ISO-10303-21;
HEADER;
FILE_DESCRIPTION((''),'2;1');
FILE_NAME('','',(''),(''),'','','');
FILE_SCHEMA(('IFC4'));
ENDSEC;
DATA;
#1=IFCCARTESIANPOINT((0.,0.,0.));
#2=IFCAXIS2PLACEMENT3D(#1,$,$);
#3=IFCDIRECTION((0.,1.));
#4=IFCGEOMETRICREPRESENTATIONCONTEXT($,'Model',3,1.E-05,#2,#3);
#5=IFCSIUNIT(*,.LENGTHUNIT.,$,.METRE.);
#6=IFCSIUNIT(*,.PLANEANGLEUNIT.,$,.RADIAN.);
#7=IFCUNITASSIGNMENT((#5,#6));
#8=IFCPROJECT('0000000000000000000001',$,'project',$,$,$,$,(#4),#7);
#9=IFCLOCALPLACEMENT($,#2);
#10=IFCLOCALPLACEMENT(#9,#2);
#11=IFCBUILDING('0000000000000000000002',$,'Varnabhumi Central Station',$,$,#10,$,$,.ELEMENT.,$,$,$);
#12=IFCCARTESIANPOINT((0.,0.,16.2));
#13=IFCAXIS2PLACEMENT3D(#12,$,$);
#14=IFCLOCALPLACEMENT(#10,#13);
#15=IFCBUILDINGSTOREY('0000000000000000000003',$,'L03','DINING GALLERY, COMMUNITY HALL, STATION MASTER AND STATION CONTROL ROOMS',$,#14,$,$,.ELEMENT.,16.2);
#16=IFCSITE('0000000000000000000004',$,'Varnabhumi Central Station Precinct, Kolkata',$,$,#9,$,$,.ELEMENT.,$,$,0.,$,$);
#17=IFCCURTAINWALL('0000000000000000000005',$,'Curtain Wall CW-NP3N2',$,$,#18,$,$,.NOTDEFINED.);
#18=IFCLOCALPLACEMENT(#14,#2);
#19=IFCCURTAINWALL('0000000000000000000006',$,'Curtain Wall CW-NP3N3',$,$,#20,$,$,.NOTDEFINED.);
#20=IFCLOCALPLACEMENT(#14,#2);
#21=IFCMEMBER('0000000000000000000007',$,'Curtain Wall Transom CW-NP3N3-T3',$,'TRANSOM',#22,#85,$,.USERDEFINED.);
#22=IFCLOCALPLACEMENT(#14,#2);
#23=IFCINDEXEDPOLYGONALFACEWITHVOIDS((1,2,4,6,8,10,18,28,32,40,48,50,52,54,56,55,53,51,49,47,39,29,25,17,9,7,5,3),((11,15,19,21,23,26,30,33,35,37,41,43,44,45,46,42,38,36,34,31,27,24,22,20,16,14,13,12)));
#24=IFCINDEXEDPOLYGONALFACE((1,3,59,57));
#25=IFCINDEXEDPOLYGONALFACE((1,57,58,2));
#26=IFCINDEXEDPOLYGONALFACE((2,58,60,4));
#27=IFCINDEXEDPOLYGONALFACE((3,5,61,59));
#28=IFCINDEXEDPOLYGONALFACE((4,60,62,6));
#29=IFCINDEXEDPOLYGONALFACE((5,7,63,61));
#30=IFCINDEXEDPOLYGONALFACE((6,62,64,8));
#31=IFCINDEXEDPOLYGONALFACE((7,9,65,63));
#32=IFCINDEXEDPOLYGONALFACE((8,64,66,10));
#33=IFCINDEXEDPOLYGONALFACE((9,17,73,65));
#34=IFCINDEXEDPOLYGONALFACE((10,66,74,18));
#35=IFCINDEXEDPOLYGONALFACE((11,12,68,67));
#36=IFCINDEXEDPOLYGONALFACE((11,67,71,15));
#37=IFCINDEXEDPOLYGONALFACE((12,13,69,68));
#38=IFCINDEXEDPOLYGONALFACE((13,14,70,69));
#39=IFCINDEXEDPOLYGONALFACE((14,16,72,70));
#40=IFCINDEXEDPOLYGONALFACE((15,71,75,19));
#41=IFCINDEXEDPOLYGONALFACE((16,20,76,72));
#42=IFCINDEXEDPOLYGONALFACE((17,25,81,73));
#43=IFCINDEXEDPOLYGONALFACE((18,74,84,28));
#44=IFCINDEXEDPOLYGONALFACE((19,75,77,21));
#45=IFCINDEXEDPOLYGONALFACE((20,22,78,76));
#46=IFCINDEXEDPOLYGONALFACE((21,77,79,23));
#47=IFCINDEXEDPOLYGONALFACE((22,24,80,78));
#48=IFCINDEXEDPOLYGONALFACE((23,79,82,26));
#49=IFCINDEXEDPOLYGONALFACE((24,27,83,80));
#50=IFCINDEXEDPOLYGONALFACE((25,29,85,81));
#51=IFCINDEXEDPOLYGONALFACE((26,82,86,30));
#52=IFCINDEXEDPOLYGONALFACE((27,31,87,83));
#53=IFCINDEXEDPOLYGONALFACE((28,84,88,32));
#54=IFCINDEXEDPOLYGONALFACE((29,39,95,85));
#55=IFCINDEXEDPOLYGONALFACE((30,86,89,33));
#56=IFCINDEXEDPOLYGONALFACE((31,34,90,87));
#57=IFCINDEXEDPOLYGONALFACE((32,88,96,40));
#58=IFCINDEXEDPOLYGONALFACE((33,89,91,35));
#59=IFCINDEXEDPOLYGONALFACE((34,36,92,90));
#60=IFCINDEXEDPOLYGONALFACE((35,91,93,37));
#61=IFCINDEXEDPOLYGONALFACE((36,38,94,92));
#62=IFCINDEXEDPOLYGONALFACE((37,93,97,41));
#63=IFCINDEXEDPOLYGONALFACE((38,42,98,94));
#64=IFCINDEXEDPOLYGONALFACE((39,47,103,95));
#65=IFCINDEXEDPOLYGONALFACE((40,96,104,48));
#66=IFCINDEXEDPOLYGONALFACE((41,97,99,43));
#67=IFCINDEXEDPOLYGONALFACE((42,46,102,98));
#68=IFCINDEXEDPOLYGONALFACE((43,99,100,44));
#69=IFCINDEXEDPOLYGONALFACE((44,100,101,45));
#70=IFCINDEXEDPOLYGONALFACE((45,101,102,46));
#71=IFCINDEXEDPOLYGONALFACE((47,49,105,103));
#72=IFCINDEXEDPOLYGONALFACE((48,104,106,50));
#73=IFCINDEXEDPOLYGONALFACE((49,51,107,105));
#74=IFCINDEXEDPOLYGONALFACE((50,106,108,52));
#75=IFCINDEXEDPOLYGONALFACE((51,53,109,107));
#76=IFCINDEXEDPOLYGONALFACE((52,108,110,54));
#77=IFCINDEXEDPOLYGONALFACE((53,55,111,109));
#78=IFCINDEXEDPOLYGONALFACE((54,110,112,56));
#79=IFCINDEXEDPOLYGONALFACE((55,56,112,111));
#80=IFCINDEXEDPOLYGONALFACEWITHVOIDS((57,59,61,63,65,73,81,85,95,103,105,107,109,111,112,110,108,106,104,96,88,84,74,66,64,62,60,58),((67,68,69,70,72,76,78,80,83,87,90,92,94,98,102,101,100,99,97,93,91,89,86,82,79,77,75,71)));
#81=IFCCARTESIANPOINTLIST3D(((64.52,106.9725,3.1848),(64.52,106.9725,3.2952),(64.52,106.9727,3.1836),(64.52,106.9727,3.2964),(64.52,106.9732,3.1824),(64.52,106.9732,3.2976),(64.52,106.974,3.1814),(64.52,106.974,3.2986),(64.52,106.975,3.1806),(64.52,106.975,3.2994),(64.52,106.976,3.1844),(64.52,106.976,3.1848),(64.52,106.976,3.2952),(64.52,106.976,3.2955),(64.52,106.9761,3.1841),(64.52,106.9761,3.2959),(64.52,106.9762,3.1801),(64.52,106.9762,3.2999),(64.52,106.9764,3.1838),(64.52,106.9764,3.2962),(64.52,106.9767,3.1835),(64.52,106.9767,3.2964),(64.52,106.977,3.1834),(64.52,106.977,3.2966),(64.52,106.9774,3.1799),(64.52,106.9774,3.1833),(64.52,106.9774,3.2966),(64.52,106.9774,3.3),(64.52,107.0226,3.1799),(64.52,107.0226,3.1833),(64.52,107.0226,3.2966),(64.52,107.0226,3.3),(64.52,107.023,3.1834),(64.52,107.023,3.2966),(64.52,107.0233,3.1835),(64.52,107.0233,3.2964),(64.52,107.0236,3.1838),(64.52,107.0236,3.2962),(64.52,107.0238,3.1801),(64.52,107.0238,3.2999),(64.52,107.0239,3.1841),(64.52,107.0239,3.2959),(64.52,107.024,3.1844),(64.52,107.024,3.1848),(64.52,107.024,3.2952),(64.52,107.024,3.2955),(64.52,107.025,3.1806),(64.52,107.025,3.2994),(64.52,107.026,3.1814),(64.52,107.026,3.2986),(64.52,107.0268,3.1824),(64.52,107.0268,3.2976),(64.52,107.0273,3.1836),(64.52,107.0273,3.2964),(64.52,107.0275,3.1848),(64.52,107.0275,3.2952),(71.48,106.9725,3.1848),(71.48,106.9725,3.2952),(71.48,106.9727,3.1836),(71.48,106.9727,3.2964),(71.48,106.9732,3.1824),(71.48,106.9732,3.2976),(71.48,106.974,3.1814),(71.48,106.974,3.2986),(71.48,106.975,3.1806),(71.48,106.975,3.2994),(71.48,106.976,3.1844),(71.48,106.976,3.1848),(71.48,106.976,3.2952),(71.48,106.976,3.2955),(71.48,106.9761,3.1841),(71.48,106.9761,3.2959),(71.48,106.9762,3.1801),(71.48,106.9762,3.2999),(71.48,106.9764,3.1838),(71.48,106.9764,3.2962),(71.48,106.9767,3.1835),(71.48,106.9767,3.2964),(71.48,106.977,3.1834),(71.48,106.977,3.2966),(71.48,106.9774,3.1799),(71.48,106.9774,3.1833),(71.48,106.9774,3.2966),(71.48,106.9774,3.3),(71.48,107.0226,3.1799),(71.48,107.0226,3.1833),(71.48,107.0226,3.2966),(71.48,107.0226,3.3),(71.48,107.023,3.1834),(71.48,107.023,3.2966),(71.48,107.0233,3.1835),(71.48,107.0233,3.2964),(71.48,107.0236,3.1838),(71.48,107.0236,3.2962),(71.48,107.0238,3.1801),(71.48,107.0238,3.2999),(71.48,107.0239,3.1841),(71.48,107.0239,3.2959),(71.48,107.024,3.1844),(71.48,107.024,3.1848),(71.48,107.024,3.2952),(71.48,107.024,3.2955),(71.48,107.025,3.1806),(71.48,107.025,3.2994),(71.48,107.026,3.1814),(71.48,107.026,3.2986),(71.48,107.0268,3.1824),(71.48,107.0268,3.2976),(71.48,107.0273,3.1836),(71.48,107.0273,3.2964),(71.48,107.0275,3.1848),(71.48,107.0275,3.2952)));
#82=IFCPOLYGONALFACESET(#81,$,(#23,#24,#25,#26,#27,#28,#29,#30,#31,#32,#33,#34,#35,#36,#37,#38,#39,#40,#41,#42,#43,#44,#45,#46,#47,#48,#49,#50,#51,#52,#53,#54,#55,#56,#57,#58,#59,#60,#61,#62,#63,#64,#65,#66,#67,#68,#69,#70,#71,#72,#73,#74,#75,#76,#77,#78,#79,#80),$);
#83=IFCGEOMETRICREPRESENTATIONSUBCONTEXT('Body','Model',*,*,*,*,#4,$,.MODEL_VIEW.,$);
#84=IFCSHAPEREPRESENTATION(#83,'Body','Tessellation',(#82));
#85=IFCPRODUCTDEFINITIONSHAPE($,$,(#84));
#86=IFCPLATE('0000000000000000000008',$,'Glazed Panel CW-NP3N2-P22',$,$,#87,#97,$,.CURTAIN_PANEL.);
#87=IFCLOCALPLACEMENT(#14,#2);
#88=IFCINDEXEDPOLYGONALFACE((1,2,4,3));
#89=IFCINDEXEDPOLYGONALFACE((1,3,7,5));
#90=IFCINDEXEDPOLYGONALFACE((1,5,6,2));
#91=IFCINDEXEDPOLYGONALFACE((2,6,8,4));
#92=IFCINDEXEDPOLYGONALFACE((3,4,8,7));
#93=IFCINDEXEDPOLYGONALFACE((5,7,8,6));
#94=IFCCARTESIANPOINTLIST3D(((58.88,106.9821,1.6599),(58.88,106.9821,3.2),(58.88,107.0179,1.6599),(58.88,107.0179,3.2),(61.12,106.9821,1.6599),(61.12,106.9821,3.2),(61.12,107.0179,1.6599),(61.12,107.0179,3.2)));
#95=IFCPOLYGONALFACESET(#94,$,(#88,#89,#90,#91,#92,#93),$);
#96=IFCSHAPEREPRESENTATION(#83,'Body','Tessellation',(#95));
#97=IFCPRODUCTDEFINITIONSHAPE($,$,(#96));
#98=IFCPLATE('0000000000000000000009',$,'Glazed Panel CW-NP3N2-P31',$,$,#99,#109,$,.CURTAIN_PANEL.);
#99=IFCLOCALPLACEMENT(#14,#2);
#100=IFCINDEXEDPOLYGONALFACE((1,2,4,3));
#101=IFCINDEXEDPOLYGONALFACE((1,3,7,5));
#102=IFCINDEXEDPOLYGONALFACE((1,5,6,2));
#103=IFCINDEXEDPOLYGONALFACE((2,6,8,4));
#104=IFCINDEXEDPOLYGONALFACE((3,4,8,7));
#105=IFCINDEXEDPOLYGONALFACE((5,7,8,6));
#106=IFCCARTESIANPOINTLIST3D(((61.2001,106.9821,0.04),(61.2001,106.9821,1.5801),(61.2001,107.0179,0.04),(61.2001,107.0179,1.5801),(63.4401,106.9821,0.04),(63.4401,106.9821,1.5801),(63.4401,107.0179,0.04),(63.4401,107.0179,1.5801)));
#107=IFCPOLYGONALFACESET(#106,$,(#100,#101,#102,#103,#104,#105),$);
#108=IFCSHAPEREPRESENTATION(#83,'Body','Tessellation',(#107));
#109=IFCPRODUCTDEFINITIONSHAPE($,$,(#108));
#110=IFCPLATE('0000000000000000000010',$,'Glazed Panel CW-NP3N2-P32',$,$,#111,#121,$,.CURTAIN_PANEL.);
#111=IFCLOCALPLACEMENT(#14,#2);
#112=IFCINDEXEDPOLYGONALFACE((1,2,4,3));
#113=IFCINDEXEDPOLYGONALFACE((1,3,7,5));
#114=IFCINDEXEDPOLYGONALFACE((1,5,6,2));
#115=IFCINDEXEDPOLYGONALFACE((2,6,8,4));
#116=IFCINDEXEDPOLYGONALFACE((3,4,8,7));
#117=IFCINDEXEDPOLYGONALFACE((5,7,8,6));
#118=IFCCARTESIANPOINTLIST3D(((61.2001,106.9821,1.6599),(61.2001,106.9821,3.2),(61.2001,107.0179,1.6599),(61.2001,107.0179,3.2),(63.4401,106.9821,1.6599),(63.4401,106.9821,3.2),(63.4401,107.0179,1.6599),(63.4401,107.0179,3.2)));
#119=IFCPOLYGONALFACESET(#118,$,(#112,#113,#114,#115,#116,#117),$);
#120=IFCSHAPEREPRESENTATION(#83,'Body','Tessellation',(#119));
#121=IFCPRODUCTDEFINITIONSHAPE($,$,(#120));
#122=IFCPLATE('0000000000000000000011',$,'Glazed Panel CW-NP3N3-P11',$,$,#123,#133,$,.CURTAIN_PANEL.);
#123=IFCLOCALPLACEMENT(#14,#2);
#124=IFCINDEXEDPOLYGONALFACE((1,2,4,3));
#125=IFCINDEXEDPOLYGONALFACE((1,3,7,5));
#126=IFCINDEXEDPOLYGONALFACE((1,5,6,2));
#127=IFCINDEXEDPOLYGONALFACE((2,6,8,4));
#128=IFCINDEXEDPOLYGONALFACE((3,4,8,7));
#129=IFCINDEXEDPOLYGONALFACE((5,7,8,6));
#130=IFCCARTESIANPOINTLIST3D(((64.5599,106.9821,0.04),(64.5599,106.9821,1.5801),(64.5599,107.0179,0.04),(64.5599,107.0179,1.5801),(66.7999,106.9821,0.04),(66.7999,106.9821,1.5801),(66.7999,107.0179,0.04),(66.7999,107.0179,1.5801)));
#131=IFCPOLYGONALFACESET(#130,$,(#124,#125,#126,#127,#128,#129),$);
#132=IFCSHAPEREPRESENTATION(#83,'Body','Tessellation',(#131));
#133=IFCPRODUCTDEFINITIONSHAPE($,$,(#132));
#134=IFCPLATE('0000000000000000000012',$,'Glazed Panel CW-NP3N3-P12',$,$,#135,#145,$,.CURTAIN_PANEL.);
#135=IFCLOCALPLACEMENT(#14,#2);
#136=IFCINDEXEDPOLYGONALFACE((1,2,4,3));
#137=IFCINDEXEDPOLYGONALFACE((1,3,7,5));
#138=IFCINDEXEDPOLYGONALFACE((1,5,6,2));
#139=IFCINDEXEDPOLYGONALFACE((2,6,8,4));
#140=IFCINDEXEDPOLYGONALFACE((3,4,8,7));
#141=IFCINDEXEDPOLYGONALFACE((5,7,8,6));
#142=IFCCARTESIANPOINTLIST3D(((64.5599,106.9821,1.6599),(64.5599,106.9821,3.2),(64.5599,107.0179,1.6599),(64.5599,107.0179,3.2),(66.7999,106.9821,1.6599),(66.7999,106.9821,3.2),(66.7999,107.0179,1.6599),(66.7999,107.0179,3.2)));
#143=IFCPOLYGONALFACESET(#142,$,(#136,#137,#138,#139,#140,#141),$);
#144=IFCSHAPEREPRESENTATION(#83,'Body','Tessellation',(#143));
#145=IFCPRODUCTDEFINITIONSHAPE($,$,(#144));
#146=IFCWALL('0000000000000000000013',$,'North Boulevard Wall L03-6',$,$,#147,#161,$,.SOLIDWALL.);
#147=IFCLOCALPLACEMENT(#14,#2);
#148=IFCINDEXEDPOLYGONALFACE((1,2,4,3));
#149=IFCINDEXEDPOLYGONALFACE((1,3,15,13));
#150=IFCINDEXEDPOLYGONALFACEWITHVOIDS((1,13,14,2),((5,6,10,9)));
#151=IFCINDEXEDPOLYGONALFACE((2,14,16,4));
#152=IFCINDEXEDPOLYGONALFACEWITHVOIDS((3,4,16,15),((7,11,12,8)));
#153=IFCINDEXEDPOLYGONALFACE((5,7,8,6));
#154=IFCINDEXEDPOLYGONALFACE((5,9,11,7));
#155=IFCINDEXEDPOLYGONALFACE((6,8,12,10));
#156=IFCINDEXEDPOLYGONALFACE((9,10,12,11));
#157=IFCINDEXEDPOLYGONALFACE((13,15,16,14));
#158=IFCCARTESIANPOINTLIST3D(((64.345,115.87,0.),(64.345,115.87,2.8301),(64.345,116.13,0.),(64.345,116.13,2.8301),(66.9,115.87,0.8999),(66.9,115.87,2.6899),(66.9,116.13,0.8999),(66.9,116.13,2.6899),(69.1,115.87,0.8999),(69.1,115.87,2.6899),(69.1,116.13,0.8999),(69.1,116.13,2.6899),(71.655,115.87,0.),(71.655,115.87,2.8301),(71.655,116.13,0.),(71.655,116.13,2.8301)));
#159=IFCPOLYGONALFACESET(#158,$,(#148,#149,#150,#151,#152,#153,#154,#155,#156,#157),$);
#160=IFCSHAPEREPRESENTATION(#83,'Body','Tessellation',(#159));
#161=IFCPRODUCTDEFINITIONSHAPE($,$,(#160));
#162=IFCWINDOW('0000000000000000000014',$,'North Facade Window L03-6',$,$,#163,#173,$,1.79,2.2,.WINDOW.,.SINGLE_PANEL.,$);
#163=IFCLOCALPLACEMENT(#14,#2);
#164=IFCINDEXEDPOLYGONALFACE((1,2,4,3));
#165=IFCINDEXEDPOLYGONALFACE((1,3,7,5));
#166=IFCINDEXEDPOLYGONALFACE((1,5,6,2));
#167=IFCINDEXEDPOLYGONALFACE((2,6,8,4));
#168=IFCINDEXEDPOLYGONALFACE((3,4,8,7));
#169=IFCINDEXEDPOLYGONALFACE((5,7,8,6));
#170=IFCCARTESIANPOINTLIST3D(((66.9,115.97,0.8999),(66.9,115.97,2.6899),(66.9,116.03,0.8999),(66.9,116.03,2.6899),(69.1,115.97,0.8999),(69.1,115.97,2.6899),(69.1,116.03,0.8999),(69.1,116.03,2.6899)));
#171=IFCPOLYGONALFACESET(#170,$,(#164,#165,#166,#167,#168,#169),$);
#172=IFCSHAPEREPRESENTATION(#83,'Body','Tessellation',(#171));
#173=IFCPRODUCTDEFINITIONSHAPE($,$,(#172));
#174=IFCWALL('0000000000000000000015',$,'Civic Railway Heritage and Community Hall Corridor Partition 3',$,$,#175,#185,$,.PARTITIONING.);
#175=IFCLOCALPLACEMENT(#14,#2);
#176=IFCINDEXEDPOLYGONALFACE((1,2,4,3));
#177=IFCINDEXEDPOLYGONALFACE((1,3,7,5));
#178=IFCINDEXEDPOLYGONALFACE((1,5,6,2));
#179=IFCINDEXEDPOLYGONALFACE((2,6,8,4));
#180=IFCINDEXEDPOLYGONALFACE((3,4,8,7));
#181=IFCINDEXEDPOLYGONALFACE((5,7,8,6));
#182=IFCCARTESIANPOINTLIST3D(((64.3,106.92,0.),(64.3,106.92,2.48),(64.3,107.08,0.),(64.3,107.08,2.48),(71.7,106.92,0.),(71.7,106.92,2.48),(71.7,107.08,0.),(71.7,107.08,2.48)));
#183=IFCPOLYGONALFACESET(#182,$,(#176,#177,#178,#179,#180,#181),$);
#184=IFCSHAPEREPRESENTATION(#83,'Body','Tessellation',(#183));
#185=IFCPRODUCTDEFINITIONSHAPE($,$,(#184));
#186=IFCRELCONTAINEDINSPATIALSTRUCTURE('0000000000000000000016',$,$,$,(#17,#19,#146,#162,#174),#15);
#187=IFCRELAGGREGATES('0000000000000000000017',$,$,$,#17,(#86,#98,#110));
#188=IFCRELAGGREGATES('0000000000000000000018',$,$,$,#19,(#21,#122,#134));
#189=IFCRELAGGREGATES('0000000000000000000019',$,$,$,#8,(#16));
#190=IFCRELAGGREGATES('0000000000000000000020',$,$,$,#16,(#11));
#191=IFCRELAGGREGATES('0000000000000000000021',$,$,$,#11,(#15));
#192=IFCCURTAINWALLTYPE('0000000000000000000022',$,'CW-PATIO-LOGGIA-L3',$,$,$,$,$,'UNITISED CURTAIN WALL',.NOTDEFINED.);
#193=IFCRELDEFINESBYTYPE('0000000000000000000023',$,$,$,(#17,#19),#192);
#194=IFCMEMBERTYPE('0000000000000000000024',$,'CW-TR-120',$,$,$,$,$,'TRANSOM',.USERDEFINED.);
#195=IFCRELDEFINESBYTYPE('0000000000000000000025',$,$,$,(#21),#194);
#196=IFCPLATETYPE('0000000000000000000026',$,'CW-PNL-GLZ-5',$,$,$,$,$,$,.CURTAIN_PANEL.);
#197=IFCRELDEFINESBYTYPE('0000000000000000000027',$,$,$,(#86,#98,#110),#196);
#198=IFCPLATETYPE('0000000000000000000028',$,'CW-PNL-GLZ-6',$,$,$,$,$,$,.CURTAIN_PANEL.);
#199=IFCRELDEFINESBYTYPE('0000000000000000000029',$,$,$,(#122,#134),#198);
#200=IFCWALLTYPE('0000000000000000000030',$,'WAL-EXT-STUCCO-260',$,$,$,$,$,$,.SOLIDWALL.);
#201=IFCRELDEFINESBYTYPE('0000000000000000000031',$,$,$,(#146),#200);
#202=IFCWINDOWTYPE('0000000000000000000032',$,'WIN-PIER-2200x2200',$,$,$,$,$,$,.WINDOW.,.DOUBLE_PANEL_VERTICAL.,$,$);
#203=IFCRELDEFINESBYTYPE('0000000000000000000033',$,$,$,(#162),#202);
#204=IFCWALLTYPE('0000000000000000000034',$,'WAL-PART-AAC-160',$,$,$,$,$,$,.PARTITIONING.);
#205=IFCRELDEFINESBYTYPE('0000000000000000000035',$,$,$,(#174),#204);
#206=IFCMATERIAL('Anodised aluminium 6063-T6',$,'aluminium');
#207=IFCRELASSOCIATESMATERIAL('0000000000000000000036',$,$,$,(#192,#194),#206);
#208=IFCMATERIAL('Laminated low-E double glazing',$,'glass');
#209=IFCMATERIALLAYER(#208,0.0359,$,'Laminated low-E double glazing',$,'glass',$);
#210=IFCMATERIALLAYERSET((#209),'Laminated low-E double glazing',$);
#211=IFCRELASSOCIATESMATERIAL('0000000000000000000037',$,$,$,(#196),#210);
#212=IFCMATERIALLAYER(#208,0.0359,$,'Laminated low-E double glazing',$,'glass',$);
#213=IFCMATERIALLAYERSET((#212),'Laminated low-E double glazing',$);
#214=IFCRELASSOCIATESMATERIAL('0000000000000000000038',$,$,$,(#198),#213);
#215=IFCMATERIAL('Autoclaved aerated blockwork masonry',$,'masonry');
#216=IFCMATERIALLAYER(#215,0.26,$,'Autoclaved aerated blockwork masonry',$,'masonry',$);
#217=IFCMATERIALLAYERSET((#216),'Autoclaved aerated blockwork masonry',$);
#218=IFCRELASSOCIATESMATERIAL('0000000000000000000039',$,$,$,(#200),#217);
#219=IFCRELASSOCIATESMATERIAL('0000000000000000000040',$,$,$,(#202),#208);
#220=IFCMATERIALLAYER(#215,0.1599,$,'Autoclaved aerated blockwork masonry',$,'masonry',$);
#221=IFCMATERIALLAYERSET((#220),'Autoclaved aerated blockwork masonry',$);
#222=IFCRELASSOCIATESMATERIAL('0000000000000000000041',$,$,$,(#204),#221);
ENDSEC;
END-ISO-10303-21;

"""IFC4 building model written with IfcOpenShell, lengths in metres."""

from ifc_helpers import new_model, si_unit, direction, frame, frame_2d, origin, origin_2d, place, context, subcontext, project, spatial, rectangle, hollow_rectangle, extrude, material, layer, layer_set, material_profile, profile_set, type_object, element, fill, aggregate, save


model = new_model("IFC4")

# Units and contexts
model_context = context("Model", 3, precision=1e-05, world=origin(), true_north=direction((0.0, 1.0)))
body_context = subcontext(model_context, "Body", "Model", "MODEL_VIEW")
ifc_project = project(units=[si_unit("LENGTHUNIT", "METRE"), si_unit("PLANEANGLEUNIT", "RADIAN")], contexts=[model_context])

# Site, building, storey
site_placement = place(None, origin())
site = spatial("IfcSite", under=ifc_project, at=site_placement, Name="Varnabhumi Central Station Precinct, Kolkata", CompositionType="ELEMENT", RefElevation=0.0)
building_placement = place(site_placement, origin())
building = spatial("IfcBuilding", under=site, at=building_placement, Name="Varnabhumi Central Station", CompositionType="ELEMENT")
storey_placement = place(building_placement, frame((0.0, 0.0, 16.2)))
storey = spatial("IfcBuildingStorey", under=building, at=storey_placement, Name="L03", Description="DINING GALLERY, COMMUNITY HALL, STATION MASTER AND STATION CONTROL ROOMS", CompositionType="ELEMENT", Elevation=16.2)

# Curtain walls, member
ifc_material_1 = material(Name="Anodised aluminium 6063-T6", Category="aluminium")
curtain_wall_type = type_object("IfcCurtainWallType", Name="CW-PATIO-LOGGIA-L3", ElementType="UNITISED CURTAIN WALL", PredefinedType="NOTDEFINED", material=ifc_material_1)
curtain_wall_1_placement = place(storey_placement, origin())
curtain_wall_1 = element("IfcCurtainWall", 1, at=curtain_wall_1_placement, inside=storey, type_object=curtain_wall_type, Name="Curtain Wall CW-NP3N2", PredefinedType="NOTDEFINED")
curtain_wall_2_placement = place(storey_placement, origin())
curtain_wall_2 = element("IfcCurtainWall", 2, at=curtain_wall_2_placement, inside=storey, type_object=curtain_wall_type, Name="Curtain Wall CW-NP3N3", PredefinedType="NOTDEFINED")
ifc_material_profile_1 = material_profile(ifc_material_1, hollow_rectangle(XDim=0.0549, YDim=0.1201, WallThickness=0.0034, InnerFilletRadius=0.0015, OuterFilletRadius=0.0049, at=origin_2d()), Name="Anodised aluminium 6063-T6", Category="aluminium")
ifc_profile_set_1 = profile_set([ifc_material_profile_1], Name="Anodised aluminium 6063-T6")
member_type_1 = type_object("IfcMemberType", Name="CW-TR-120", ElementType="TRANSOM", PredefinedType="USERDEFINED", material=ifc_profile_set_1)
member_1_placement = place(storey_placement, frame((64.52, 107.0, 3.24), z_axis=(1.0, 0.0, 0.0), x_axis=(0.0, 1.0, 0.0)))
member_1 = element("IfcMember", 3, at=member_1_placement, type_object=member_type_1, Name="Curtain Wall Transom CW-NP3N3-T3", ObjectType="TRANSOM", PredefinedType="USERDEFINED", context=body_context, shape_type="SweptSolid", body=[
    extrude(hollow_rectangle(XDim=0.0549, YDim=0.1201, WallThickness=0.0034, InnerFilletRadius=0.0015, OuterFilletRadius=0.0049, at=origin_2d()), origin(), (0.0, 0.0, 1.0), 6.96),
])

# Plates
ifc_material_2 = material(Name="Laminated low-E double glazing", Category="glass")
ifc_layer_1 = layer(ifc_material_2, 0.0359, Name="Laminated low-E double glazing", Category="glass")
ifc_layer_set_1 = layer_set([ifc_layer_1], Name="Laminated low-E double glazing")
plate_type_1 = type_object("IfcPlateType", Name="CW-PNL-GLZ-5", PredefinedType="CURTAIN_PANEL", material=ifc_layer_set_1)
plate_1_placement = place(storey_placement, frame((60.0, 107.0, 1.6599), z_axis=(0.0, 0.0, 1.0), x_axis=(1.0, 0.0, 0.0)))
plate_1 = element("IfcPlate", 4, at=plate_1_placement, type_object=plate_type_1, Name="Glazed Panel CW-NP3N2-P22", PredefinedType="CURTAIN_PANEL", context=body_context, shape_type="SweptSolid", body=[
    extrude(rectangle(XDim=2.24, YDim=0.0359, at=origin_2d()), origin(), (0.0, 0.0, 1.0), 1.54),
])
plate_2_placement = place(storey_placement, frame((62.3201, 107.0, 0.04), z_axis=(0.0, 0.0, 1.0), x_axis=(1.0, 0.0, 0.0)))
plate_2 = element("IfcPlate", 5, at=plate_2_placement, type_object=plate_type_1, Name="Glazed Panel CW-NP3N2-P31", PredefinedType="CURTAIN_PANEL", context=body_context, shape_type="SweptSolid", body=[
    extrude(rectangle(XDim=2.24, YDim=0.0359, at=origin_2d()), origin(), (0.0, 0.0, 1.0), 1.54),
])
plate_3_placement = place(storey_placement, frame((62.3201, 107.0, 1.6599), z_axis=(0.0, 0.0, 1.0), x_axis=(1.0, 0.0, 0.0)))
plate_3 = element("IfcPlate", 6, at=plate_3_placement, type_object=plate_type_1, Name="Glazed Panel CW-NP3N2-P32", PredefinedType="CURTAIN_PANEL", context=body_context, shape_type="SweptSolid", body=[
    extrude(rectangle(XDim=2.24, YDim=0.0359, at=origin_2d()), origin(), (0.0, 0.0, 1.0), 1.54),
])
aggregate(curtain_wall_1, [plate_1, plate_2, plate_3])
ifc_layer_2 = layer(ifc_material_2, 0.0359, Name="Laminated low-E double glazing", Category="glass")
ifc_layer_set_2 = layer_set([ifc_layer_2], Name="Laminated low-E double glazing")
plate_type_2 = type_object("IfcPlateType", Name="CW-PNL-GLZ-6", PredefinedType="CURTAIN_PANEL", material=ifc_layer_set_2)
plate_4_placement = place(storey_placement, frame((65.6799, 107.0, 0.04), z_axis=(0.0, 0.0, 1.0), x_axis=(1.0, 0.0, 0.0)))
plate_4 = element("IfcPlate", 7, at=plate_4_placement, type_object=plate_type_2, Name="Glazed Panel CW-NP3N3-P11", PredefinedType="CURTAIN_PANEL", context=body_context, shape_type="SweptSolid", body=[
    extrude(rectangle(XDim=2.24, YDim=0.0359, at=origin_2d()), origin(), (0.0, 0.0, 1.0), 1.54),
])
plate_5_placement = place(storey_placement, frame((65.6799, 107.0, 1.6599), z_axis=(0.0, 0.0, 1.0), x_axis=(1.0, 0.0, 0.0)))
plate_5 = element("IfcPlate", 8, at=plate_5_placement, type_object=plate_type_2, Name="Glazed Panel CW-NP3N3-P12", PredefinedType="CURTAIN_PANEL", context=body_context, shape_type="SweptSolid", body=[
    extrude(rectangle(XDim=2.24, YDim=0.0359, at=origin_2d()), origin(), (0.0, 0.0, 1.0), 1.54),
])
aggregate(curtain_wall_2, [member_1, plate_4, plate_5])

# Wall, opening, window
ifc_material_3 = material(Name="Autoclaved aerated blockwork masonry", Category="masonry")
ifc_layer_3 = layer(ifc_material_3, 0.26, Name="Autoclaved aerated blockwork masonry", Category="masonry")
ifc_layer_set_3 = layer_set([ifc_layer_3], Name="Autoclaved aerated blockwork masonry")
wall_type_1 = type_object("IfcWallType", Name="WAL-EXT-STUCCO-260", PredefinedType="SOLIDWALL", material=ifc_layer_set_3)
wall_1_placement = place(storey_placement, frame((64.345, 116.0, 0.0), z_axis=(0.0, 0.0, 1.0), x_axis=(1.0, 0.0, 0.0)))
wall_1 = element("IfcWall", 9, at=wall_1_placement, inside=storey, type_object=wall_type_1, Name="North Boulevard Wall L03-6", PredefinedType="SOLIDWALL", context=body_context, shape_type="SweptSolid", body=[
    extrude(rectangle(XDim=7.3101, YDim=0.26, at=frame_2d((3.655, 0.0))), origin(), (0.0, 0.0, 1.0), 2.8301),
])
opening_placement = place(wall_1_placement, frame((2.5549, 0.0, 0.8999)))
opening = element("IfcOpeningElement", 10, at=opening_placement, cuts=wall_1, PredefinedType="OPENING", context=body_context, shape_type="SweptSolid", body=[
    extrude(rectangle(XDim=2.2, YDim=1.79, at=frame_2d((1.1001, 0.895))), frame((0.0, 0.1399, 0.0), z_axis=(0.0, -1.0, 0.0), x_axis=(1.0, 0.0, 0.0)), (0.0, 0.0, 1.0), 0.28),
])
window_type = type_object("IfcWindowType", Name="WIN-PIER-2200x2200", PartitioningType="DOUBLE_PANEL_VERTICAL", PredefinedType="WINDOW", material=ifc_material_2)
window_placement = place(opening_placement, origin())
window = element("IfcWindow", 11, at=window_placement, inside=storey, type_object=window_type, Name="North Facade Window L03-6", OverallHeight=1.79, OverallWidth=2.2, PartitioningType="SINGLE_PANEL", PredefinedType="WINDOW", context=body_context, shape_type="SweptSolid", body=[
    extrude(rectangle(XDim=2.2, YDim=1.79, at=frame_2d((1.1001, 0.895))), frame((0.0, 0.03, 0.0), z_axis=(0.0, -1.0, 0.0), x_axis=(1.0, 0.0, 0.0)), (0.0, 0.0, 1.0), 0.0601),
])
fill(opening, window)

# Wall
ifc_layer_4 = layer(ifc_material_3, 0.1599, Name="Autoclaved aerated blockwork masonry", Category="masonry")
ifc_layer_set_4 = layer_set([ifc_layer_4], Name="Autoclaved aerated blockwork masonry")
wall_type_2 = type_object("IfcWallType", Name="WAL-PART-AAC-160", PredefinedType="PARTITIONING", material=ifc_layer_set_4)
wall_2_placement = place(storey_placement, frame((64.3, 107.0, 0.0), z_axis=(0.0, 0.0, 1.0), x_axis=(1.0, 0.0, 0.0)))
element("IfcWall", 12, at=wall_2_placement, inside=storey, type_object=wall_type_2, Name="Civic Railway Heritage and Community Hall Corridor Partition 3", PredefinedType="PARTITIONING", context=body_context, shape_type="SweptSolid", body=[
    extrude(rectangle(XDim=7.3999, YDim=0.1599, at=frame_2d((3.7, 0.0))), origin(), (0.0, 0.0, 1.0), 2.48),
])

save(model, "model.ifc")
